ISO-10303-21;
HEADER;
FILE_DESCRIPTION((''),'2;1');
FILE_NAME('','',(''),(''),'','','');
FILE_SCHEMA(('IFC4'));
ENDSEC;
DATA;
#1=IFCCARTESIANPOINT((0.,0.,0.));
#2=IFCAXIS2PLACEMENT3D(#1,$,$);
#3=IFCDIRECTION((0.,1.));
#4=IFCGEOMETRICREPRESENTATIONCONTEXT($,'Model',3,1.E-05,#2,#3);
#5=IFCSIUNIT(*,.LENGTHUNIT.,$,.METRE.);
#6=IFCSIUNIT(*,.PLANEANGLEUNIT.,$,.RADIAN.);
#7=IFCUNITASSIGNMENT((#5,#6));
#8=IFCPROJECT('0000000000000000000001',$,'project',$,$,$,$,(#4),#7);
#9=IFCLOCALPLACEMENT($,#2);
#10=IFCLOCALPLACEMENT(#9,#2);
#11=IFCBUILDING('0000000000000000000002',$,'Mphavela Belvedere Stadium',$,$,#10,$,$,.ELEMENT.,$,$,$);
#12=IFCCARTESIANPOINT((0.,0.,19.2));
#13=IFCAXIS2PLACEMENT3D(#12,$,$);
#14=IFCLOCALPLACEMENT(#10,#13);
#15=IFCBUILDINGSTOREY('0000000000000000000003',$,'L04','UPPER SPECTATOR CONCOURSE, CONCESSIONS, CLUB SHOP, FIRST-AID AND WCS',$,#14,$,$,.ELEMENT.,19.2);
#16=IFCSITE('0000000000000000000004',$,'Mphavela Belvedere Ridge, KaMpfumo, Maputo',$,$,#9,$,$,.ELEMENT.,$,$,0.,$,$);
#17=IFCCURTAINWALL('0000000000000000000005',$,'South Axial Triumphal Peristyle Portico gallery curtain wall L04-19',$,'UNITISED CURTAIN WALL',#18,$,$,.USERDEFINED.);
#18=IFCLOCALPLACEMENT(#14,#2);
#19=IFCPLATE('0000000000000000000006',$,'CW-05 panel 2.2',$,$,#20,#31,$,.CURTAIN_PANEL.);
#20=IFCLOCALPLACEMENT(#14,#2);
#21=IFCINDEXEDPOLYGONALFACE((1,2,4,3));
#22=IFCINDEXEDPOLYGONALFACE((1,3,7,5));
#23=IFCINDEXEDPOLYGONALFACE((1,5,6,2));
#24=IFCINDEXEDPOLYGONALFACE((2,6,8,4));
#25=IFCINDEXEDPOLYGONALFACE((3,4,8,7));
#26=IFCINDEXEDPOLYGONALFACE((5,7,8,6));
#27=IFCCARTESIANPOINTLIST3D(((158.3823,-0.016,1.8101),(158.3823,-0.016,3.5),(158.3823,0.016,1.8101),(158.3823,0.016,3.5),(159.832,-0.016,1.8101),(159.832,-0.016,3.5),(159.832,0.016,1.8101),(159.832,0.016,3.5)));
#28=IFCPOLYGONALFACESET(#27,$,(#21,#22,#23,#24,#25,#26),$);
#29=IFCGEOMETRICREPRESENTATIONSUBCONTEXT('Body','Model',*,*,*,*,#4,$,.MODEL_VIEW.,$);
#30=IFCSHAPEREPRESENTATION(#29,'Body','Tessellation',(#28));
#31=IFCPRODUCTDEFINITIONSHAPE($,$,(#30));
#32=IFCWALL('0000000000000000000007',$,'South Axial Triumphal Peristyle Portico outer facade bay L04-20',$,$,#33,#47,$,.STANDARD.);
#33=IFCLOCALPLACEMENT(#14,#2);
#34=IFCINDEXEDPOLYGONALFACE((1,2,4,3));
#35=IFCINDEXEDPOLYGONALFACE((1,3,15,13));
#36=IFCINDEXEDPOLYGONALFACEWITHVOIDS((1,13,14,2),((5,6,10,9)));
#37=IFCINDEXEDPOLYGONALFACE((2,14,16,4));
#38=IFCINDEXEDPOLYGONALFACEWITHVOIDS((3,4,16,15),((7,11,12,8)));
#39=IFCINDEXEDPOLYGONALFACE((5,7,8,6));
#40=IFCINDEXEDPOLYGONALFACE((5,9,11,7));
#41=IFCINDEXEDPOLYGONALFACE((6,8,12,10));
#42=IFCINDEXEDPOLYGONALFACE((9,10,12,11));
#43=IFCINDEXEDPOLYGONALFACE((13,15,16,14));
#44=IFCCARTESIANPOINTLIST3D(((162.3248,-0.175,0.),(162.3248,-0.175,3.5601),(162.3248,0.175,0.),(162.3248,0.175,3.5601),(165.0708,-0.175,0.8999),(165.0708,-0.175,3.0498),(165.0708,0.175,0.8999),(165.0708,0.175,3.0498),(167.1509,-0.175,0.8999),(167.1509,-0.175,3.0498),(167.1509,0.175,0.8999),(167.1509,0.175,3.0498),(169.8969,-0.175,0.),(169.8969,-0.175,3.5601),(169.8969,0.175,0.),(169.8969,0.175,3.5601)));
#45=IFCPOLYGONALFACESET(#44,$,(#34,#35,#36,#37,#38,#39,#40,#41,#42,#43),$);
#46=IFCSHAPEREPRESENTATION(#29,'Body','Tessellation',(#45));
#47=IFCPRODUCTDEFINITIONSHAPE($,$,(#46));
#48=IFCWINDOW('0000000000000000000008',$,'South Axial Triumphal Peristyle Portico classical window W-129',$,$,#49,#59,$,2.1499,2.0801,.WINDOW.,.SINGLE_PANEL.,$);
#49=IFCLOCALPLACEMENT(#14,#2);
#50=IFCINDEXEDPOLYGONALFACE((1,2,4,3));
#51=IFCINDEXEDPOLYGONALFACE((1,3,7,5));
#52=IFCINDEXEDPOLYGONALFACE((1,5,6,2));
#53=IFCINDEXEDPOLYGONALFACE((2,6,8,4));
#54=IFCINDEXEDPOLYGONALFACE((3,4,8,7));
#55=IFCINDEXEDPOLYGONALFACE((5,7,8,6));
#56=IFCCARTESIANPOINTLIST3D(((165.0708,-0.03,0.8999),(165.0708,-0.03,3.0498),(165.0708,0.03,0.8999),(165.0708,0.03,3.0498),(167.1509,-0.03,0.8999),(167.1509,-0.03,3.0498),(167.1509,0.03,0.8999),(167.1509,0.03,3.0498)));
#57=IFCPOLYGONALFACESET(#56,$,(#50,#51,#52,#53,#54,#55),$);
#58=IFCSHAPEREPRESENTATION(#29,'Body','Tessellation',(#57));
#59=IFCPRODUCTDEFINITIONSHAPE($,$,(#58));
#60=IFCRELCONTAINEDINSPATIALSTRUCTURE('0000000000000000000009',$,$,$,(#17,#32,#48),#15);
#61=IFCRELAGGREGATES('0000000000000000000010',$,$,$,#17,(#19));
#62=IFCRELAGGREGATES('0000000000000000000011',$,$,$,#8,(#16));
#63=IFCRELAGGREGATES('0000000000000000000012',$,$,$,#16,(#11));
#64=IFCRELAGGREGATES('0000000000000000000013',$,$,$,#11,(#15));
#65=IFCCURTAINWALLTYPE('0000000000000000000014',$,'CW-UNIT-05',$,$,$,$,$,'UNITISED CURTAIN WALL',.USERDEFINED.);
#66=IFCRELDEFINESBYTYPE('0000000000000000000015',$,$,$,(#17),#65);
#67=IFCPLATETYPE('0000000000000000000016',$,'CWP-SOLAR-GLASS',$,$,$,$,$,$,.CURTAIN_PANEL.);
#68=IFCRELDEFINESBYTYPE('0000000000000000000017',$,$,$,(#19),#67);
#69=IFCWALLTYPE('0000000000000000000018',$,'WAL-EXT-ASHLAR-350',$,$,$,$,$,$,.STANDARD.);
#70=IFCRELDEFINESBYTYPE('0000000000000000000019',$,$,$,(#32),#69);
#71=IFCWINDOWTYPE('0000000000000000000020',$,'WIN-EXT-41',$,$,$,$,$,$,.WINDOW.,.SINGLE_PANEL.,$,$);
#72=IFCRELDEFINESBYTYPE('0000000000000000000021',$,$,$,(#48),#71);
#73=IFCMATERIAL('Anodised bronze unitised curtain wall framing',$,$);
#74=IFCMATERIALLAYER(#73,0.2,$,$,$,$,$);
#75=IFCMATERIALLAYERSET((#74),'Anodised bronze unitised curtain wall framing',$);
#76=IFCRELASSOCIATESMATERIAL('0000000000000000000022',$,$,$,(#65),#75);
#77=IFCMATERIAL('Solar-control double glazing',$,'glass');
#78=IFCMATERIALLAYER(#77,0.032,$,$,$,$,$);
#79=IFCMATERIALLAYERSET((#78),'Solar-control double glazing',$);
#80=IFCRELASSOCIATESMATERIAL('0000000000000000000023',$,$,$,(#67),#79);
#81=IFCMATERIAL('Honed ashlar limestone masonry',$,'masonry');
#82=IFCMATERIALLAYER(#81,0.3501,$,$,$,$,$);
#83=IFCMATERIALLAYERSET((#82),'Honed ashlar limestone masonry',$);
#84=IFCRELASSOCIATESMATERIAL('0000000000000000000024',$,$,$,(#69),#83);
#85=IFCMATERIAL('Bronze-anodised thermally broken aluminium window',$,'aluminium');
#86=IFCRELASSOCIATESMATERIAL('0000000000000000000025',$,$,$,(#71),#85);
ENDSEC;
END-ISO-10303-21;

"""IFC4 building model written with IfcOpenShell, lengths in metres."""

from ifc_helpers import new_model, si_unit, direction, frame, frame_2d, origin, origin_2d, place, context, subcontext, project, spatial, rectangle, extrude, material, layer, layer_set, type_object, element, fill, aggregate, save


model = new_model("IFC4")

# Units and contexts
model_context = context("Model", 3, precision=1e-05, world=origin(), true_north=direction((0.0, 1.0)))
body_context = subcontext(model_context, "Body", "Model", "MODEL_VIEW")
ifc_project = project(units=[si_unit("LENGTHUNIT", "METRE"), si_unit("PLANEANGLEUNIT", "RADIAN")], contexts=[model_context])

# Site, building, storey
site_placement = place(None, origin())
site = spatial("IfcSite", under=ifc_project, at=site_placement, Name="Mphavela Belvedere Ridge, KaMpfumo, Maputo", CompositionType="ELEMENT", RefElevation=0.0)
building_placement = place(site_placement, origin())
building = spatial("IfcBuilding", under=site, at=building_placement, Name="Mphavela Belvedere Stadium", CompositionType="ELEMENT")
storey_placement = place(building_placement, frame((0.0, 0.0, 19.2)))
storey = spatial("IfcBuildingStorey", under=building, at=storey_placement, Name="L04", Description="UPPER SPECTATOR CONCOURSE, CONCESSIONS, CLUB SHOP, FIRST-AID AND WCS", CompositionType="ELEMENT", Elevation=19.2)

# Curtain wall, plate
ifc_material_1 = material(Name="Anodised bronze unitised curtain wall framing")
ifc_layer_1 = layer(ifc_material_1, 0.2)
ifc_layer_set_1 = layer_set([ifc_layer_1], Name="Anodised bronze unitised curtain wall framing")
curtain_wall_type = type_object("IfcCurtainWallType", Name="CW-UNIT-05", ElementType="UNITISED CURTAIN WALL", PredefinedType="USERDEFINED", material=ifc_layer_set_1)
curtain_wall_placement = place(storey_placement, origin())
curtain_wall = element("IfcCurtainWall", 1, at=curtain_wall_placement, inside=storey, type_object=curtain_wall_type, Name="South Axial Triumphal Peristyle Portico gallery curtain wall L04-19", ObjectType="UNITISED CURTAIN WALL", PredefinedType="USERDEFINED")
ifc_material_2 = material(Name="Solar-control double glazing", Category="glass")
ifc_layer_2 = layer(ifc_material_2, 0.032)
ifc_layer_set_2 = layer_set([ifc_layer_2], Name="Solar-control double glazing")
plate_type = type_object("IfcPlateType", Name="CWP-SOLAR-GLASS", PredefinedType="CURTAIN_PANEL", material=ifc_layer_set_2)
plate_1_placement = place(storey_placement, frame((159.1072, 0.0, 1.8101), z_axis=(0.0, 0.0, 1.0), x_axis=(-1.0, 0.0, 0.0)))
plate_1 = element("IfcPlate", 2, at=plate_1_placement, type_object=plate_type, Name="CW-05 panel 2.2", PredefinedType="CURTAIN_PANEL", context=body_context, shape_type="SweptSolid", body=[
    extrude(rectangle(XDim=1.4497, YDim=0.032, at=origin_2d()), origin(), (0.0, 0.0, 1.0), 1.6899),
])
aggregate(curtain_wall, [plate_1])

# Wall, opening, window
ifc_material_3 = material(Name="Honed ashlar limestone masonry", Category="masonry")
ifc_layer_3 = layer(ifc_material_3, 0.3501)
ifc_layer_set_3 = layer_set([ifc_layer_3], Name="Honed ashlar limestone masonry")
wall_type = type_object("IfcWallType", Name="WAL-EXT-ASHLAR-350", PredefinedType="STANDARD", material=ifc_layer_set_3)
wall_placement = place(storey_placement, frame((169.897, 0.0, 0.0), z_axis=(0.0, 0.0, 1.0), x_axis=(-1.0, 0.0, 0.0)))
wall = element("IfcWall", 3, at=wall_placement, inside=storey, type_object=wall_type, Name="South Axial Triumphal Peristyle Portico outer facade bay L04-20", PredefinedType="STANDARD", context=body_context, shape_type="SweptSolid", body=[
    extrude(rectangle(XDim=7.572, YDim=0.3501, at=frame_2d((3.7861, 0.0))), origin(), (0.0, 0.0, 1.0), 3.5601),
])
opening_placement = place(wall_placement, frame((2.7461, 0.0, 0.8999)))
opening = element("IfcOpeningElement", 4, at=opening_placement, cuts=wall, PredefinedType="OPENING", context=body_context, shape_type="SweptSolid", body=[
    extrude(rectangle(XDim=2.0801, YDim=2.1499, at=frame_2d((1.04, 1.075))), frame((0.0, 0.1851, 0.0), z_axis=(0.0, -1.0, 0.0), x_axis=(1.0, 0.0, 0.0)), (0.0, 0.0, 1.0), 0.3701),
])
ifc_material_4 = material(Name="Bronze-anodised thermally broken aluminium window", Category="aluminium")
window_type = type_object("IfcWindowType", Name="WIN-EXT-41", PartitioningType="SINGLE_PANEL", PredefinedType="WINDOW", material=ifc_material_4)
window_placement = place(opening_placement, origin())
window = element("IfcWindow", 5, at=window_placement, inside=storey, type_object=window_type, Name="South Axial Triumphal Peristyle Portico classical window W-129", OverallHeight=2.1499, OverallWidth=2.0801, PartitioningType="SINGLE_PANEL", PredefinedType="WINDOW", context=body_context, shape_type="SweptSolid", body=[
    extrude(rectangle(XDim=2.0801, YDim=2.1499, at=frame_2d((1.04, 1.075))), frame((0.0, 0.03, 0.0), z_axis=(0.0, -1.0, 0.0), x_axis=(1.0, 0.0, 0.0)), (0.0, 0.0, 1.0), 0.0601),
])
fill(opening, window)

save(model, "model.ifc")
